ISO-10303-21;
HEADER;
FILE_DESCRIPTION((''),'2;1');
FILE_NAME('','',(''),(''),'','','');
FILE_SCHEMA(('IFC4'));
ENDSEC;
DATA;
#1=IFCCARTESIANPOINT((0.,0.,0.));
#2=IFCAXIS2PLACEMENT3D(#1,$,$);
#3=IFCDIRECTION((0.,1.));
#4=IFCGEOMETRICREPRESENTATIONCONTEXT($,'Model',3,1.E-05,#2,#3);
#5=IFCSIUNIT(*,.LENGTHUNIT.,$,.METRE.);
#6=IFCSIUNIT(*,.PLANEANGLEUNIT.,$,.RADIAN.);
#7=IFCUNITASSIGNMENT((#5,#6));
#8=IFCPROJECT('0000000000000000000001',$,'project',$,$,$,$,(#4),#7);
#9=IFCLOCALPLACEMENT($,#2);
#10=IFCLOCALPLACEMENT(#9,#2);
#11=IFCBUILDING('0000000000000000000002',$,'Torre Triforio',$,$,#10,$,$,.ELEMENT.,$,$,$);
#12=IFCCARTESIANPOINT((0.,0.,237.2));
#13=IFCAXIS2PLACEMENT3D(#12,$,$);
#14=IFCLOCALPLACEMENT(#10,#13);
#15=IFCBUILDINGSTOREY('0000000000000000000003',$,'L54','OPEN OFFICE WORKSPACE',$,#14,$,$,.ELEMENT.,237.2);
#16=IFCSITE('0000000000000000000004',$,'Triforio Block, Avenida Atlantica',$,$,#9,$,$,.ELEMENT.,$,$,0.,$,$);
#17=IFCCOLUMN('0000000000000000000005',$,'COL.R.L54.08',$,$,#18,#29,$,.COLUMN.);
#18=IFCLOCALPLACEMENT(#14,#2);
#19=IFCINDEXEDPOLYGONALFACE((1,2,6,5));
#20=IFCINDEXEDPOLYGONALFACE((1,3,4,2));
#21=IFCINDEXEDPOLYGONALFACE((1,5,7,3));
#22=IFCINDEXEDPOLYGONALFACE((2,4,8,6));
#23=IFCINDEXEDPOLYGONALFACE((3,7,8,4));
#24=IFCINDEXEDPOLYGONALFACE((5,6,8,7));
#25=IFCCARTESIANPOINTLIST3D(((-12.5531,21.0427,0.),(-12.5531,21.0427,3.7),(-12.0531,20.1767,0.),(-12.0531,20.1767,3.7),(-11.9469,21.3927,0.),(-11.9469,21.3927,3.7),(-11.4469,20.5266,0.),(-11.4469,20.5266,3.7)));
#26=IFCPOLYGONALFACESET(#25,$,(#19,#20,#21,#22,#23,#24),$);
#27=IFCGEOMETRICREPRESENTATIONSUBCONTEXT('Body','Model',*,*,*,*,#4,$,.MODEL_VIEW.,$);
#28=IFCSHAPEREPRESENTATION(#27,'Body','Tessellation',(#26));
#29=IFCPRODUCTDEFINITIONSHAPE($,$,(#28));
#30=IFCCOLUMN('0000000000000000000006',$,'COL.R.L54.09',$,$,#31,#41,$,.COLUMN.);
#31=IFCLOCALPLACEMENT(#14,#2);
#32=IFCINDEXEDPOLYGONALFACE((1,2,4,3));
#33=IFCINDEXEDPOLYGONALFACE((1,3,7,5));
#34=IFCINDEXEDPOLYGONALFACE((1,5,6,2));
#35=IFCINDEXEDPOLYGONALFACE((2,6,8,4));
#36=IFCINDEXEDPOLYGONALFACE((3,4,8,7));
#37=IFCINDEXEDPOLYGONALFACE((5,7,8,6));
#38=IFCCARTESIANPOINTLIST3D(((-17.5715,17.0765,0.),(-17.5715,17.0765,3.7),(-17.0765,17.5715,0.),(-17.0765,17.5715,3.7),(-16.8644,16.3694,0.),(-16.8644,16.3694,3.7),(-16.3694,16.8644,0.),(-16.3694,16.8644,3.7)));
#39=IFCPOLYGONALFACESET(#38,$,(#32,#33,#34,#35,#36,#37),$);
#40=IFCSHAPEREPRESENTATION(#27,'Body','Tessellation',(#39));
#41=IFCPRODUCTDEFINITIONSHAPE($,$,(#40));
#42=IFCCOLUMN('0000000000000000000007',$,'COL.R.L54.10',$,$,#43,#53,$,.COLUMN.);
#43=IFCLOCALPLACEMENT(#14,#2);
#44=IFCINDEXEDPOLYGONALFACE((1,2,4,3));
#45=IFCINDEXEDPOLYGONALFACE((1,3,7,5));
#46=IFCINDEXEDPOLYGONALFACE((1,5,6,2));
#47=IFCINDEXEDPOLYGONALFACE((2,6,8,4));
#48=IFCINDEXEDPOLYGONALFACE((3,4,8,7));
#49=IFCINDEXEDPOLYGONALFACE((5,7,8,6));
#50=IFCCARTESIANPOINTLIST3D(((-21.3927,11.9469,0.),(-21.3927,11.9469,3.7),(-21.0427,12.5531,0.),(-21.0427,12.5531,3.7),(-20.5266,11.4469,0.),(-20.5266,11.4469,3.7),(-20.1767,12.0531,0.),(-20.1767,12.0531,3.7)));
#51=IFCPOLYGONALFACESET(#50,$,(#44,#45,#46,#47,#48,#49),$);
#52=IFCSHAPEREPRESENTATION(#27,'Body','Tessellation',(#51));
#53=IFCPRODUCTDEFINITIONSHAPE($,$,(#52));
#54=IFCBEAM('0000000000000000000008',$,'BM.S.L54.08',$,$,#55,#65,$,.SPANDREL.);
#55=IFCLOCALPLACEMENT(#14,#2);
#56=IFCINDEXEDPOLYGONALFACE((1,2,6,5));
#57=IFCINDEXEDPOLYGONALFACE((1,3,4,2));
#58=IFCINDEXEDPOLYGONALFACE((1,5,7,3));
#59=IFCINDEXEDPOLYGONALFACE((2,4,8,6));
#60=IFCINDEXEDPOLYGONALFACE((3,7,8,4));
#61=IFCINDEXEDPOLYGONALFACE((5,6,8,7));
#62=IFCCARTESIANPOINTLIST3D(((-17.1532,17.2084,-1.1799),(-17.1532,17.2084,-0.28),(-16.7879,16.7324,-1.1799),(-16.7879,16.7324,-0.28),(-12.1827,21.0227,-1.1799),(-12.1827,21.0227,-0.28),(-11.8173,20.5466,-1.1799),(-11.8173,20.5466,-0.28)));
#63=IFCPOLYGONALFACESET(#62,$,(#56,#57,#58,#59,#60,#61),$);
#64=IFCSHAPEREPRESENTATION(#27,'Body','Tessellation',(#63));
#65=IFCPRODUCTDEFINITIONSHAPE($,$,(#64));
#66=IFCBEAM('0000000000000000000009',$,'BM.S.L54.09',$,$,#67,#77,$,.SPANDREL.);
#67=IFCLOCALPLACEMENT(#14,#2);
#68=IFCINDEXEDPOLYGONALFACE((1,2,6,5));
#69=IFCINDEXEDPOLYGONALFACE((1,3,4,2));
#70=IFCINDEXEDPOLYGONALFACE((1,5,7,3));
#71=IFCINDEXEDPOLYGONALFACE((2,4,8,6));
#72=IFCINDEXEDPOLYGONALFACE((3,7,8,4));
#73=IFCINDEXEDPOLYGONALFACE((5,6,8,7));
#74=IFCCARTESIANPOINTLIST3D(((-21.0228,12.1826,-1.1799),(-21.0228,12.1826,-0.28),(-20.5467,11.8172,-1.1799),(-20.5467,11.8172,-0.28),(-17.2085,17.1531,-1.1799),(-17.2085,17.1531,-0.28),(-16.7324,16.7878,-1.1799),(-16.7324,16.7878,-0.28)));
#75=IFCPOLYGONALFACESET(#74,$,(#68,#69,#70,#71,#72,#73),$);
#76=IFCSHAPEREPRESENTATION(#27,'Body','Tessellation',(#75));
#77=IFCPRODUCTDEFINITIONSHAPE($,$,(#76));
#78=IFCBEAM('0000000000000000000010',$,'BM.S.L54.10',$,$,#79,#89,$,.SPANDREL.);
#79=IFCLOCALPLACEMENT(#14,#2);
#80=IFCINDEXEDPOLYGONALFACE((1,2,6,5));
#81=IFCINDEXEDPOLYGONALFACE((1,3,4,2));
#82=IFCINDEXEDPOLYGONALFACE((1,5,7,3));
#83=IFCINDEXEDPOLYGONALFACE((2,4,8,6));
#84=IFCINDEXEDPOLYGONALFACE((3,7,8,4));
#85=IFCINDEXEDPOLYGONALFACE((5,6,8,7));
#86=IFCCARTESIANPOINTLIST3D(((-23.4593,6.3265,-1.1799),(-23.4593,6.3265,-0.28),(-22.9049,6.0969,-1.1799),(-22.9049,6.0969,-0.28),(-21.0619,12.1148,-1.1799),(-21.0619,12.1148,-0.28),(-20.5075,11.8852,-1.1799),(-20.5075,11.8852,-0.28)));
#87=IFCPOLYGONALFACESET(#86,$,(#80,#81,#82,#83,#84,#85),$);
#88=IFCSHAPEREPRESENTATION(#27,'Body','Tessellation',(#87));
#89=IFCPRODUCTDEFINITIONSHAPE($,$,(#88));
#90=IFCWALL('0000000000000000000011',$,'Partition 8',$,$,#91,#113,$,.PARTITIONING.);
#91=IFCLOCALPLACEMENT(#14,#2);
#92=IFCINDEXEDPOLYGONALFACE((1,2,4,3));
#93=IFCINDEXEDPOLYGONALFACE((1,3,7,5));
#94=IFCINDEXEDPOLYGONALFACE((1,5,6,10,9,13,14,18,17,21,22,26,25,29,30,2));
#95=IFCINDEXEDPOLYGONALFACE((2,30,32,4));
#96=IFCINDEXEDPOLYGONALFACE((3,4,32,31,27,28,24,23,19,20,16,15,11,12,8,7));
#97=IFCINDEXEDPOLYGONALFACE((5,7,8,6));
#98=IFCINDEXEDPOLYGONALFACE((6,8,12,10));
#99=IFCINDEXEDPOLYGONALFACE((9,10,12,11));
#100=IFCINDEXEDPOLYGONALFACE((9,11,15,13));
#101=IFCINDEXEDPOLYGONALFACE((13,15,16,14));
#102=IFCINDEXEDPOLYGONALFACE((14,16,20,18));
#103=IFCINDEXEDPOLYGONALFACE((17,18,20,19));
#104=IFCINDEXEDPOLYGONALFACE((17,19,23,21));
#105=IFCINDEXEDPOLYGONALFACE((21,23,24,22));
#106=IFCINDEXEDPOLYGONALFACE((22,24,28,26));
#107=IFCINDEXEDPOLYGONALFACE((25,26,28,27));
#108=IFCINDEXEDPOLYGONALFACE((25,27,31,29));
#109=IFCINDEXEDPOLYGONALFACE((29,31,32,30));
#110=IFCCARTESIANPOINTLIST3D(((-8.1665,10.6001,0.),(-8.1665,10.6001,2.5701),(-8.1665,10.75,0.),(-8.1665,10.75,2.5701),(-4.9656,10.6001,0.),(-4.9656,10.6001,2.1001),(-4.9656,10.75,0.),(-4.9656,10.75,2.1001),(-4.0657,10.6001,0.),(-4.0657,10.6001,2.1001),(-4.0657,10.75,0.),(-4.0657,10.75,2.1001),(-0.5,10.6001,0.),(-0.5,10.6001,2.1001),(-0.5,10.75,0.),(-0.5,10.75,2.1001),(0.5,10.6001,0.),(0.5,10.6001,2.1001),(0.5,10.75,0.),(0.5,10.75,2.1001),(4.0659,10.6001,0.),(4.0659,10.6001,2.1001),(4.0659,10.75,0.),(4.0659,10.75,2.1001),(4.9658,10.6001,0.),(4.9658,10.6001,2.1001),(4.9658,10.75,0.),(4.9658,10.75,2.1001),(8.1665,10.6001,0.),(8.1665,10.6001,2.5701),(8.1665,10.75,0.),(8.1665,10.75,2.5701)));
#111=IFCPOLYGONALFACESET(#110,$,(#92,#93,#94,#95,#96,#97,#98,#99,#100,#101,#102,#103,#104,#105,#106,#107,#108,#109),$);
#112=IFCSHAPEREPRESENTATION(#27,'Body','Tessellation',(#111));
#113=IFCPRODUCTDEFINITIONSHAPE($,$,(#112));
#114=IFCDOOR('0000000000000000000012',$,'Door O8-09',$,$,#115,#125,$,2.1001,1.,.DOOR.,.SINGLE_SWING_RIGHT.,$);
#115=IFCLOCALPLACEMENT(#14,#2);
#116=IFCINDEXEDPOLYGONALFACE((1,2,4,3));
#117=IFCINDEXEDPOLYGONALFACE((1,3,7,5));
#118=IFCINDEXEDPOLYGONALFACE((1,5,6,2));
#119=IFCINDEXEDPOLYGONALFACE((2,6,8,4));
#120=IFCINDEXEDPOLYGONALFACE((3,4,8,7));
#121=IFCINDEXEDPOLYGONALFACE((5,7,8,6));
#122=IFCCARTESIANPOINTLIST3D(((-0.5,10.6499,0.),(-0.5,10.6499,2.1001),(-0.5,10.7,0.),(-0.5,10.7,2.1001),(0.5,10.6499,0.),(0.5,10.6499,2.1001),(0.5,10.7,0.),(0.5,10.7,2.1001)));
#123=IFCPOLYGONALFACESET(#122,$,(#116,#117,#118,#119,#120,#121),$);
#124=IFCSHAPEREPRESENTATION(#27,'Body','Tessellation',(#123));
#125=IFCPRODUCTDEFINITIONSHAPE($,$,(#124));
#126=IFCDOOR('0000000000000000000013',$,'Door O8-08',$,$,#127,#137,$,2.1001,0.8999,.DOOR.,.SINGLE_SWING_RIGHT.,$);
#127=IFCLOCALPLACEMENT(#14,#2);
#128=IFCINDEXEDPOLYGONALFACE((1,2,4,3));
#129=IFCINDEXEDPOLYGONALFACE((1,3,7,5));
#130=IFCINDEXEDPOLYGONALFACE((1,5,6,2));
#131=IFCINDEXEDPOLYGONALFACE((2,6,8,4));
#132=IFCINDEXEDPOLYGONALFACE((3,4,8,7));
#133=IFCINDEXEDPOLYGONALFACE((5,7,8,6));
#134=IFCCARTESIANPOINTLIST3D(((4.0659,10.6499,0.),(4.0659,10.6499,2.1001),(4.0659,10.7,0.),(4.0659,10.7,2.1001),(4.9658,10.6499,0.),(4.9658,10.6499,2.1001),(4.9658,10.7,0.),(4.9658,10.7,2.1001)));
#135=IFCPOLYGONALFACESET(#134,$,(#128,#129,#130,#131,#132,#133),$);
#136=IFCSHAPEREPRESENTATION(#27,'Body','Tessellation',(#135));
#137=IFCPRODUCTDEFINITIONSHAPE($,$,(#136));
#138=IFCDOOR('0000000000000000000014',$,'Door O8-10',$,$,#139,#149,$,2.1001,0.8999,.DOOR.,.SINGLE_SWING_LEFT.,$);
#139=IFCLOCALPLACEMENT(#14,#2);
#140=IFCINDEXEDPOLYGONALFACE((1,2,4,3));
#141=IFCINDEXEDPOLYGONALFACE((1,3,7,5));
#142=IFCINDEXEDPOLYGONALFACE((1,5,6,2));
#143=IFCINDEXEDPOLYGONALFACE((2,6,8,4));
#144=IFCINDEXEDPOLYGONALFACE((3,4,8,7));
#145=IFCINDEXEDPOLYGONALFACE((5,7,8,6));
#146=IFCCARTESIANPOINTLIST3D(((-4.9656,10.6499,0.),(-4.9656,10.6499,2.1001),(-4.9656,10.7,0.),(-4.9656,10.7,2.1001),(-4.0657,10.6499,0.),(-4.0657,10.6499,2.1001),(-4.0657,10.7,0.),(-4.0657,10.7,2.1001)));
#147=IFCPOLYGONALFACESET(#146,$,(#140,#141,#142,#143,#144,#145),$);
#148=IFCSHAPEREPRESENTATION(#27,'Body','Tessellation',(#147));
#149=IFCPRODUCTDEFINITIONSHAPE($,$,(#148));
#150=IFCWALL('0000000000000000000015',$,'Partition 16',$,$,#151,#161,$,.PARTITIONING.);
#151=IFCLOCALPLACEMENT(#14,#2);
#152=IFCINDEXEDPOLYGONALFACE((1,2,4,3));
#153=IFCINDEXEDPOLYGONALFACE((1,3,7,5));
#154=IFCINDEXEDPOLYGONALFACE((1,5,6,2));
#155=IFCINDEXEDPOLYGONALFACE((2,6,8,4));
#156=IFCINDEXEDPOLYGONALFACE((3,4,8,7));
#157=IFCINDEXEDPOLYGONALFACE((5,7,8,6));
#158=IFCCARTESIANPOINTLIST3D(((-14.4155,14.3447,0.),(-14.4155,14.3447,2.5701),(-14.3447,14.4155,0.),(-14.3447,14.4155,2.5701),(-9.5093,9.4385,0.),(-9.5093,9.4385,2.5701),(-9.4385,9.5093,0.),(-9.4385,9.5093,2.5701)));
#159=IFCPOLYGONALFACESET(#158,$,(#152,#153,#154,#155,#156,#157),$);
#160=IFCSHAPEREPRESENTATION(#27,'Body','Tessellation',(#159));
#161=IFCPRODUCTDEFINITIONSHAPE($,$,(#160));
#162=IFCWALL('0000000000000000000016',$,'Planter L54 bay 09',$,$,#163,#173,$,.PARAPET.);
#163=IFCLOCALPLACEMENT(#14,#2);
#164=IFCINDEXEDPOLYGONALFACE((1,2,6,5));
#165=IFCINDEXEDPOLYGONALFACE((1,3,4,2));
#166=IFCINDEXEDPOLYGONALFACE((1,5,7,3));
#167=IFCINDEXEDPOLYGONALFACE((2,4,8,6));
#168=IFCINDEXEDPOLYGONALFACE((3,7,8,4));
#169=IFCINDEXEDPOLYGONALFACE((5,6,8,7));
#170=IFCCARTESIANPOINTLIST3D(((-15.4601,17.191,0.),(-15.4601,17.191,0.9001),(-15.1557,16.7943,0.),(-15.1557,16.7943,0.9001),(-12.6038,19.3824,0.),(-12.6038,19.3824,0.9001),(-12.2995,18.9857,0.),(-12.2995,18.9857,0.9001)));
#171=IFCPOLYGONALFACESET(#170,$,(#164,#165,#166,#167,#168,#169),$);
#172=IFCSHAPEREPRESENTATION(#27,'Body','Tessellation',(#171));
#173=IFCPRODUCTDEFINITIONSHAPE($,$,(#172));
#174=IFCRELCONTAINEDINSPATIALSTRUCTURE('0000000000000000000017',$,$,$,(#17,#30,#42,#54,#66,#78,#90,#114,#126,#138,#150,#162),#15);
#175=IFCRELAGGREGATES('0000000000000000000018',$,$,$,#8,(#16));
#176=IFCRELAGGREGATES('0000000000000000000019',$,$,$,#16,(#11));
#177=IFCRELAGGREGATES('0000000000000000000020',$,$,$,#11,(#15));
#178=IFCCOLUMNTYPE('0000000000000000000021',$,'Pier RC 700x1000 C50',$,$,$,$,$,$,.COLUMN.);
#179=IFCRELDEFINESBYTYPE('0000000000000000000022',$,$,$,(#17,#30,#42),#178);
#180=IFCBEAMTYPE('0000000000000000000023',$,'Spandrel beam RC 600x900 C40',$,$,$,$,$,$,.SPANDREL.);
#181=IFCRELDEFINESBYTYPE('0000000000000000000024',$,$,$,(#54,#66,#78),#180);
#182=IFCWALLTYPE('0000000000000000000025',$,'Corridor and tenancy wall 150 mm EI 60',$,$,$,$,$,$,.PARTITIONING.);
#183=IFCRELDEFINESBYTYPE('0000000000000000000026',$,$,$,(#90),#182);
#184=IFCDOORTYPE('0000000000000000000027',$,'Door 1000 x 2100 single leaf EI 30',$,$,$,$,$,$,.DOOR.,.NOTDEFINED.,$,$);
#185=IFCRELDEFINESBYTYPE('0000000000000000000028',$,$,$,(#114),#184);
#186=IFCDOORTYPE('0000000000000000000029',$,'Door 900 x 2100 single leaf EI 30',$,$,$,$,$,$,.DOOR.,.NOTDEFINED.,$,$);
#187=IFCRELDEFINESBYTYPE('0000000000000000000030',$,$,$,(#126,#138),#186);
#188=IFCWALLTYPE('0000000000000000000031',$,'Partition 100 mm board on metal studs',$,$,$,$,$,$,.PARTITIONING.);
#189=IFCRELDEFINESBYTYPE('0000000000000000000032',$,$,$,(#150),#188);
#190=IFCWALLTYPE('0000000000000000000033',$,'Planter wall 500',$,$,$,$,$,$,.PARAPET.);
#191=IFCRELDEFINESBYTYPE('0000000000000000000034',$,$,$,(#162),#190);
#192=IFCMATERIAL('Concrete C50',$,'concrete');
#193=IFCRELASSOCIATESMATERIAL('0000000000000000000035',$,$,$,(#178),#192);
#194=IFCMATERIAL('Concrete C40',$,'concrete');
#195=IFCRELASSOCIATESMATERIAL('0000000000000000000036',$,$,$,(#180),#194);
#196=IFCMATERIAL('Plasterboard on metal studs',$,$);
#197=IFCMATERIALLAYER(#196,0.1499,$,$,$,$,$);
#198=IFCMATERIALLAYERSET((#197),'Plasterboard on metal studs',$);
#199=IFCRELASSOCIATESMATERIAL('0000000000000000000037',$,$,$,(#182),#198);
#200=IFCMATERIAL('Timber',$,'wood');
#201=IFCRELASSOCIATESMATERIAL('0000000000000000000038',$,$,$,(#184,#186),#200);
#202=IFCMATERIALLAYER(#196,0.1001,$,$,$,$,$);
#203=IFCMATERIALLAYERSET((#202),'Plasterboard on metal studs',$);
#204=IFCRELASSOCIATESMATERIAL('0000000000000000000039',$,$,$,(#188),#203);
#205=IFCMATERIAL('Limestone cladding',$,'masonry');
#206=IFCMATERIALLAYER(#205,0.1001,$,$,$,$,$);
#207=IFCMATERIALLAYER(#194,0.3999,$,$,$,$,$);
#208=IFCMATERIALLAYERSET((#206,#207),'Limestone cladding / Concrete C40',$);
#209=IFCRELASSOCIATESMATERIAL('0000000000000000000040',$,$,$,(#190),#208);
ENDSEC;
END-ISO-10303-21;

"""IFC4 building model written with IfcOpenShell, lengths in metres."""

from ifc_helpers import new_model, si_unit, direction, frame, frame_2d, origin, origin_2d, place, context, subcontext, project, spatial, rectangle, extrude, material, layer, layer_set, material_profile, profile_set, type_object, element, fill, save


model = new_model("IFC4")

# Units and contexts
model_context = context("Model", 3, precision=1e-05, world=origin(), true_north=direction((0.0, 1.0)))
body_context = subcontext(model_context, "Body", "Model", "MODEL_VIEW")
ifc_project = project(units=[si_unit("LENGTHUNIT", "METRE"), si_unit("PLANEANGLEUNIT", "RADIAN")], contexts=[model_context])

# Site, building, storey
site_placement = place(None, origin())
site = spatial("IfcSite", under=ifc_project, at=site_placement, Name="Triforio Block, Avenida Atlantica", CompositionType="ELEMENT", RefElevation=0.0)
building_placement = place(site_placement, origin())
building = spatial("IfcBuilding", under=site, at=building_placement, Name="Torre Triforio", CompositionType="ELEMENT")
storey_placement = place(building_placement, frame((0.0, 0.0, 237.2)))
storey = spatial("IfcBuildingStorey", under=building, at=storey_placement, Name="L54", Description="OPEN OFFICE WORKSPACE", CompositionType="ELEMENT", Elevation=237.2)

# Columns
ifc_material_1 = material(Name="Concrete C50", Category="concrete")
ifc_material_profile_1 = material_profile(ifc_material_1, rectangle(XDim=0.7, YDim=1.0, at=origin_2d()), Name="RC 700x1000")
ifc_profile_set_1 = profile_set([ifc_material_profile_1], Name="Concrete C50")
column_type = type_object("IfcColumnType", Name="Pier RC 700x1000 C50", PredefinedType="COLUMN", material=ifc_profile_set_1)
for number, where, z_axis, x_axis, name in (
    (1, (-12.0, 20.7847, 0.0), (0.0, 0.0, 1.0), (-0.866025, -0.5, 0.0), "COL.R.L54.08"),
    (2, (-16.9705, 16.9705, 0.0), (0.0, 0.0, 1.0), (-0.707107, -0.707107, 0.0), "COL.R.L54.09"),
    (3, (-20.7847, 12.0, 0.0), (0.0, 0.0, 1.0), (-0.5, -0.866025, 0.0), "COL.R.L54.10"),
):
    element("IfcColumn", number, at=place(storey_placement, frame(where, z_axis=z_axis, x_axis=x_axis)), inside=storey, type_object=column_type, Name=name, PredefinedType="COLUMN", context=body_context, shape_type="SweptSolid", body=[
        extrude(rectangle(XDim=0.7, YDim=1.0, at=origin_2d()), origin(), (0.0, 0.0, 1.0), 3.7),
    ])

# Beams
ifc_material_2 = material(Name="Concrete C40", Category="concrete")
ifc_material_profile_2 = material_profile(ifc_material_2, rectangle(XDim=0.6001, YDim=0.8999, at=origin_2d()), Name="RC 600x900")
ifc_profile_set_2 = profile_set([ifc_material_profile_2], Name="Concrete C40")
beam_type = type_object("IfcBeamType", Name="Spandrel beam RC 600x900 C40", PredefinedType="SPANDREL", material=ifc_profile_set_2)
for number, where, z_axis, x_axis, name in (
    (4, (-12.0, 20.7847, -0.73), (-0.793335, -0.608786, 0.0), (0.608786, -0.793335, 0.0), "BM.S.L54.08"),
    (5, (-16.9705, 16.9705, -0.73), (-0.608786, -0.793335, 0.0), (0.793335, -0.608786, 0.0), "BM.S.L54.09"),
):
    element("IfcBeam", number, at=place(storey_placement, frame(where, z_axis=z_axis, x_axis=x_axis)), inside=storey, type_object=beam_type, Name=name, PredefinedType="SPANDREL", context=body_context, shape_type="SweptSolid", body=[
        extrude(rectangle(XDim=0.6001, YDim=0.8999, at=origin_2d()), origin(), (0.0, 0.0, 1.0), 6.2654),
    ])
beam_placement = place(storey_placement, frame((-20.7847, 12.0, -0.73), z_axis=(-0.382664, -0.923888, 0.0), x_axis=(0.923888, -0.382664, 0.0)))
element("IfcBeam", 6, at=beam_placement, inside=storey, type_object=beam_type, Name="BM.S.L54.10", PredefinedType="SPANDREL", context=body_context, shape_type="SweptSolid", body=[
    extrude(rectangle(XDim=0.6001, YDim=0.8999, at=origin_2d()), origin(), (0.0, 0.0, 1.0), 6.2651),
])

# Wall, openings, doors
ifc_material_3 = material(Name="Plasterboard on metal studs")
ifc_layer_1 = layer(ifc_material_3, 0.1499)
ifc_layer_set_1 = layer_set([ifc_layer_1], Name="Plasterboard on metal studs")
wall_type_1 = type_object("IfcWallType", Name="Corridor and tenancy wall 150 mm EI 60", PredefinedType="PARTITIONING", material=ifc_layer_set_1)
wall_1_placement = place(storey_placement, frame((-8.1665, 10.675, 0.0), z_axis=(0.0, 0.0, 1.0), x_axis=(1.0, 0.0, 0.0)))
wall_1 = element("IfcWall", 7, at=wall_1_placement, inside=storey, type_object=wall_type_1, Name="Partition 8", PredefinedType="PARTITIONING", context=body_context, shape_type="SweptSolid", body=[
    extrude(rectangle(XDim=16.333, YDim=0.1499, at=frame_2d((8.1665, 0.0))), origin(), (0.0, 0.0, 1.0), 2.5701),
])
opening_1_placement = place(wall_1_placement, frame((12.2324, 0.0, 0.0)))
opening_1 = element("IfcOpeningElement", 8, at=opening_1_placement, cuts=wall_1, PredefinedType="OPENING", context=body_context, shape_type="SweptSolid", body=[
    extrude(rectangle(XDim=0.8999, YDim=2.1001, at=frame_2d((0.45, 1.05))), frame((0.0, 0.085, 0.0), z_axis=(0.0, -1.0, 0.0), x_axis=(1.0, 0.0, 0.0)), (0.0, 0.0, 1.0), 0.1699),
])
opening_2_placement = place(wall_1_placement, frame((7.6665, 0.0, 0.0)))
opening_2 = element("IfcOpeningElement", 9, at=opening_2_placement, cuts=wall_1, PredefinedType="OPENING", context=body_context, shape_type="SweptSolid", body=[
    extrude(rectangle(XDim=1.0, YDim=2.1001, at=frame_2d((0.5, 1.05))), frame((0.0, 0.085, 0.0), z_axis=(0.0, -1.0, 0.0), x_axis=(1.0, 0.0, 0.0)), (0.0, 0.0, 1.0), 0.1699),
])
opening_3_placement = place(wall_1_placement, frame((3.2009, 0.0, 0.0)))
opening_3 = element("IfcOpeningElement", 10, at=opening_3_placement, cuts=wall_1, PredefinedType="OPENING", context=body_context, shape_type="SweptSolid", body=[
    extrude(rectangle(XDim=0.8999, YDim=2.1001, at=frame_2d((0.45, 1.05))), frame((0.0, 0.085, 0.0), z_axis=(0.0, -1.0, 0.0), x_axis=(1.0, 0.0, 0.0)), (0.0, 0.0, 1.0), 0.1699),
])
ifc_material_4 = material(Name="Timber", Category="wood")
door_type_1 = type_object("IfcDoorType", Name="Door 1000 x 2100 single leaf EI 30", OperationType="NOTDEFINED", PredefinedType="DOOR", material=ifc_material_4)
door_1_placement = place(opening_2_placement, origin())
door_1 = element("IfcDoor", 11, at=door_1_placement, inside=storey, type_object=door_type_1, Name="Door O8-09", OperationType="SINGLE_SWING_RIGHT", OverallHeight=2.1001, OverallWidth=1.0, PredefinedType="DOOR", context=body_context, shape_type="SweptSolid", body=[
    extrude(rectangle(XDim=1.0, YDim=2.1001, at=frame_2d((0.5, 1.05))), frame((0.0, 0.0249, 0.0), z_axis=(0.0, -1.0, 0.0), x_axis=(1.0, 0.0, 0.0)), (0.0, 0.0, 1.0), 0.05),
])
fill(opening_2, door_1)
door_type_2 = type_object("IfcDoorType", Name="Door 900 x 2100 single leaf EI 30", OperationType="NOTDEFINED", PredefinedType="DOOR", material=ifc_material_4)
door_2_placement = place(opening_1_placement, origin())
door_2 = element("IfcDoor", 12, at=door_2_placement, inside=storey, type_object=door_type_2, Name="Door O8-08", OperationType="SINGLE_SWING_RIGHT", OverallHeight=2.1001, OverallWidth=0.8999, PredefinedType="DOOR", context=body_context, shape_type="SweptSolid", body=[
    extrude(rectangle(XDim=0.8999, YDim=2.1001, at=frame_2d((0.45, 1.05))), frame((0.0, 0.0249, 0.0), z_axis=(0.0, -1.0, 0.0), x_axis=(1.0, 0.0, 0.0)), (0.0, 0.0, 1.0), 0.05),
])
fill(opening_1, door_2)
door_3_placement = place(opening_3_placement, origin())
door_3 = element("IfcDoor", 13, at=door_3_placement, inside=storey, type_object=door_type_2, Name="Door O8-10", OperationType="SINGLE_SWING_LEFT", OverallHeight=2.1001, OverallWidth=0.8999, PredefinedType="DOOR", context=body_context, shape_type="SweptSolid", body=[
    extrude(rectangle(XDim=0.8999, YDim=2.1001, at=frame_2d((0.45, 1.05))), frame((0.0, 0.0249, 0.0), z_axis=(0.0, -1.0, 0.0), x_axis=(1.0, 0.0, 0.0)), (0.0, 0.0, 1.0), 0.05),
])
fill(opening_3, door_3)

# Walls
ifc_layer_2 = layer(ifc_material_3, 0.1001)
ifc_layer_set_2 = layer_set([ifc_layer_2], Name="Plasterboard on metal studs")
wall_type_2 = type_object("IfcWallType", Name="Partition 100 mm board on metal studs", PredefinedType="PARTITIONING", material=ifc_layer_set_2)
wall_2_placement = place(storey_placement, frame((-9.4739, 9.4739, 0.0), z_axis=(0.0, 0.0, 1.0), x_axis=(-0.707107, 0.707107, 0.0)))
element("IfcWall", 14, at=wall_2_placement, inside=storey, type_object=wall_type_2, Name="Partition 16", PredefinedType="PARTITIONING", context=body_context, shape_type="SweptSolid", body=[
    extrude(rectangle(XDim=6.9385, YDim=0.1001, at=frame_2d((3.4692, 0.0))), origin(), (0.0, 0.0, 1.0), 2.5701),
])
ifc_material_5 = material(Name="Limestone cladding", Category="masonry")
ifc_layer_3 = layer(ifc_material_5, 0.1001)
ifc_layer_4 = layer(ifc_material_2, 0.3999)
ifc_layer_set_3 = layer_set([ifc_layer_3, ifc_layer_4], Name="Limestone cladding / Concrete C40")
wall_type_3 = type_object("IfcWallType", Name="Planter wall 500", PredefinedType="PARAPET", material=ifc_layer_set_3)
wall_3_placement = place(storey_placement, frame((-12.4517, 19.1841, 0.0), z_axis=(0.0, 0.0, 1.0), x_axis=(-0.793385, -0.608721, 0.0)))
element("IfcWall", 15, at=wall_3_placement, inside=storey, type_object=wall_type_3, Name="Planter L54 bay 09", PredefinedType="PARAPET", context=body_context, shape_type="SweptSolid", body=[
    extrude(rectangle(XDim=3.6001, YDim=0.5, at=frame_2d((1.8, 0.0))), origin(), (0.0, 0.0, 1.0), 0.9001),
])

save(model, "model.ifc")
